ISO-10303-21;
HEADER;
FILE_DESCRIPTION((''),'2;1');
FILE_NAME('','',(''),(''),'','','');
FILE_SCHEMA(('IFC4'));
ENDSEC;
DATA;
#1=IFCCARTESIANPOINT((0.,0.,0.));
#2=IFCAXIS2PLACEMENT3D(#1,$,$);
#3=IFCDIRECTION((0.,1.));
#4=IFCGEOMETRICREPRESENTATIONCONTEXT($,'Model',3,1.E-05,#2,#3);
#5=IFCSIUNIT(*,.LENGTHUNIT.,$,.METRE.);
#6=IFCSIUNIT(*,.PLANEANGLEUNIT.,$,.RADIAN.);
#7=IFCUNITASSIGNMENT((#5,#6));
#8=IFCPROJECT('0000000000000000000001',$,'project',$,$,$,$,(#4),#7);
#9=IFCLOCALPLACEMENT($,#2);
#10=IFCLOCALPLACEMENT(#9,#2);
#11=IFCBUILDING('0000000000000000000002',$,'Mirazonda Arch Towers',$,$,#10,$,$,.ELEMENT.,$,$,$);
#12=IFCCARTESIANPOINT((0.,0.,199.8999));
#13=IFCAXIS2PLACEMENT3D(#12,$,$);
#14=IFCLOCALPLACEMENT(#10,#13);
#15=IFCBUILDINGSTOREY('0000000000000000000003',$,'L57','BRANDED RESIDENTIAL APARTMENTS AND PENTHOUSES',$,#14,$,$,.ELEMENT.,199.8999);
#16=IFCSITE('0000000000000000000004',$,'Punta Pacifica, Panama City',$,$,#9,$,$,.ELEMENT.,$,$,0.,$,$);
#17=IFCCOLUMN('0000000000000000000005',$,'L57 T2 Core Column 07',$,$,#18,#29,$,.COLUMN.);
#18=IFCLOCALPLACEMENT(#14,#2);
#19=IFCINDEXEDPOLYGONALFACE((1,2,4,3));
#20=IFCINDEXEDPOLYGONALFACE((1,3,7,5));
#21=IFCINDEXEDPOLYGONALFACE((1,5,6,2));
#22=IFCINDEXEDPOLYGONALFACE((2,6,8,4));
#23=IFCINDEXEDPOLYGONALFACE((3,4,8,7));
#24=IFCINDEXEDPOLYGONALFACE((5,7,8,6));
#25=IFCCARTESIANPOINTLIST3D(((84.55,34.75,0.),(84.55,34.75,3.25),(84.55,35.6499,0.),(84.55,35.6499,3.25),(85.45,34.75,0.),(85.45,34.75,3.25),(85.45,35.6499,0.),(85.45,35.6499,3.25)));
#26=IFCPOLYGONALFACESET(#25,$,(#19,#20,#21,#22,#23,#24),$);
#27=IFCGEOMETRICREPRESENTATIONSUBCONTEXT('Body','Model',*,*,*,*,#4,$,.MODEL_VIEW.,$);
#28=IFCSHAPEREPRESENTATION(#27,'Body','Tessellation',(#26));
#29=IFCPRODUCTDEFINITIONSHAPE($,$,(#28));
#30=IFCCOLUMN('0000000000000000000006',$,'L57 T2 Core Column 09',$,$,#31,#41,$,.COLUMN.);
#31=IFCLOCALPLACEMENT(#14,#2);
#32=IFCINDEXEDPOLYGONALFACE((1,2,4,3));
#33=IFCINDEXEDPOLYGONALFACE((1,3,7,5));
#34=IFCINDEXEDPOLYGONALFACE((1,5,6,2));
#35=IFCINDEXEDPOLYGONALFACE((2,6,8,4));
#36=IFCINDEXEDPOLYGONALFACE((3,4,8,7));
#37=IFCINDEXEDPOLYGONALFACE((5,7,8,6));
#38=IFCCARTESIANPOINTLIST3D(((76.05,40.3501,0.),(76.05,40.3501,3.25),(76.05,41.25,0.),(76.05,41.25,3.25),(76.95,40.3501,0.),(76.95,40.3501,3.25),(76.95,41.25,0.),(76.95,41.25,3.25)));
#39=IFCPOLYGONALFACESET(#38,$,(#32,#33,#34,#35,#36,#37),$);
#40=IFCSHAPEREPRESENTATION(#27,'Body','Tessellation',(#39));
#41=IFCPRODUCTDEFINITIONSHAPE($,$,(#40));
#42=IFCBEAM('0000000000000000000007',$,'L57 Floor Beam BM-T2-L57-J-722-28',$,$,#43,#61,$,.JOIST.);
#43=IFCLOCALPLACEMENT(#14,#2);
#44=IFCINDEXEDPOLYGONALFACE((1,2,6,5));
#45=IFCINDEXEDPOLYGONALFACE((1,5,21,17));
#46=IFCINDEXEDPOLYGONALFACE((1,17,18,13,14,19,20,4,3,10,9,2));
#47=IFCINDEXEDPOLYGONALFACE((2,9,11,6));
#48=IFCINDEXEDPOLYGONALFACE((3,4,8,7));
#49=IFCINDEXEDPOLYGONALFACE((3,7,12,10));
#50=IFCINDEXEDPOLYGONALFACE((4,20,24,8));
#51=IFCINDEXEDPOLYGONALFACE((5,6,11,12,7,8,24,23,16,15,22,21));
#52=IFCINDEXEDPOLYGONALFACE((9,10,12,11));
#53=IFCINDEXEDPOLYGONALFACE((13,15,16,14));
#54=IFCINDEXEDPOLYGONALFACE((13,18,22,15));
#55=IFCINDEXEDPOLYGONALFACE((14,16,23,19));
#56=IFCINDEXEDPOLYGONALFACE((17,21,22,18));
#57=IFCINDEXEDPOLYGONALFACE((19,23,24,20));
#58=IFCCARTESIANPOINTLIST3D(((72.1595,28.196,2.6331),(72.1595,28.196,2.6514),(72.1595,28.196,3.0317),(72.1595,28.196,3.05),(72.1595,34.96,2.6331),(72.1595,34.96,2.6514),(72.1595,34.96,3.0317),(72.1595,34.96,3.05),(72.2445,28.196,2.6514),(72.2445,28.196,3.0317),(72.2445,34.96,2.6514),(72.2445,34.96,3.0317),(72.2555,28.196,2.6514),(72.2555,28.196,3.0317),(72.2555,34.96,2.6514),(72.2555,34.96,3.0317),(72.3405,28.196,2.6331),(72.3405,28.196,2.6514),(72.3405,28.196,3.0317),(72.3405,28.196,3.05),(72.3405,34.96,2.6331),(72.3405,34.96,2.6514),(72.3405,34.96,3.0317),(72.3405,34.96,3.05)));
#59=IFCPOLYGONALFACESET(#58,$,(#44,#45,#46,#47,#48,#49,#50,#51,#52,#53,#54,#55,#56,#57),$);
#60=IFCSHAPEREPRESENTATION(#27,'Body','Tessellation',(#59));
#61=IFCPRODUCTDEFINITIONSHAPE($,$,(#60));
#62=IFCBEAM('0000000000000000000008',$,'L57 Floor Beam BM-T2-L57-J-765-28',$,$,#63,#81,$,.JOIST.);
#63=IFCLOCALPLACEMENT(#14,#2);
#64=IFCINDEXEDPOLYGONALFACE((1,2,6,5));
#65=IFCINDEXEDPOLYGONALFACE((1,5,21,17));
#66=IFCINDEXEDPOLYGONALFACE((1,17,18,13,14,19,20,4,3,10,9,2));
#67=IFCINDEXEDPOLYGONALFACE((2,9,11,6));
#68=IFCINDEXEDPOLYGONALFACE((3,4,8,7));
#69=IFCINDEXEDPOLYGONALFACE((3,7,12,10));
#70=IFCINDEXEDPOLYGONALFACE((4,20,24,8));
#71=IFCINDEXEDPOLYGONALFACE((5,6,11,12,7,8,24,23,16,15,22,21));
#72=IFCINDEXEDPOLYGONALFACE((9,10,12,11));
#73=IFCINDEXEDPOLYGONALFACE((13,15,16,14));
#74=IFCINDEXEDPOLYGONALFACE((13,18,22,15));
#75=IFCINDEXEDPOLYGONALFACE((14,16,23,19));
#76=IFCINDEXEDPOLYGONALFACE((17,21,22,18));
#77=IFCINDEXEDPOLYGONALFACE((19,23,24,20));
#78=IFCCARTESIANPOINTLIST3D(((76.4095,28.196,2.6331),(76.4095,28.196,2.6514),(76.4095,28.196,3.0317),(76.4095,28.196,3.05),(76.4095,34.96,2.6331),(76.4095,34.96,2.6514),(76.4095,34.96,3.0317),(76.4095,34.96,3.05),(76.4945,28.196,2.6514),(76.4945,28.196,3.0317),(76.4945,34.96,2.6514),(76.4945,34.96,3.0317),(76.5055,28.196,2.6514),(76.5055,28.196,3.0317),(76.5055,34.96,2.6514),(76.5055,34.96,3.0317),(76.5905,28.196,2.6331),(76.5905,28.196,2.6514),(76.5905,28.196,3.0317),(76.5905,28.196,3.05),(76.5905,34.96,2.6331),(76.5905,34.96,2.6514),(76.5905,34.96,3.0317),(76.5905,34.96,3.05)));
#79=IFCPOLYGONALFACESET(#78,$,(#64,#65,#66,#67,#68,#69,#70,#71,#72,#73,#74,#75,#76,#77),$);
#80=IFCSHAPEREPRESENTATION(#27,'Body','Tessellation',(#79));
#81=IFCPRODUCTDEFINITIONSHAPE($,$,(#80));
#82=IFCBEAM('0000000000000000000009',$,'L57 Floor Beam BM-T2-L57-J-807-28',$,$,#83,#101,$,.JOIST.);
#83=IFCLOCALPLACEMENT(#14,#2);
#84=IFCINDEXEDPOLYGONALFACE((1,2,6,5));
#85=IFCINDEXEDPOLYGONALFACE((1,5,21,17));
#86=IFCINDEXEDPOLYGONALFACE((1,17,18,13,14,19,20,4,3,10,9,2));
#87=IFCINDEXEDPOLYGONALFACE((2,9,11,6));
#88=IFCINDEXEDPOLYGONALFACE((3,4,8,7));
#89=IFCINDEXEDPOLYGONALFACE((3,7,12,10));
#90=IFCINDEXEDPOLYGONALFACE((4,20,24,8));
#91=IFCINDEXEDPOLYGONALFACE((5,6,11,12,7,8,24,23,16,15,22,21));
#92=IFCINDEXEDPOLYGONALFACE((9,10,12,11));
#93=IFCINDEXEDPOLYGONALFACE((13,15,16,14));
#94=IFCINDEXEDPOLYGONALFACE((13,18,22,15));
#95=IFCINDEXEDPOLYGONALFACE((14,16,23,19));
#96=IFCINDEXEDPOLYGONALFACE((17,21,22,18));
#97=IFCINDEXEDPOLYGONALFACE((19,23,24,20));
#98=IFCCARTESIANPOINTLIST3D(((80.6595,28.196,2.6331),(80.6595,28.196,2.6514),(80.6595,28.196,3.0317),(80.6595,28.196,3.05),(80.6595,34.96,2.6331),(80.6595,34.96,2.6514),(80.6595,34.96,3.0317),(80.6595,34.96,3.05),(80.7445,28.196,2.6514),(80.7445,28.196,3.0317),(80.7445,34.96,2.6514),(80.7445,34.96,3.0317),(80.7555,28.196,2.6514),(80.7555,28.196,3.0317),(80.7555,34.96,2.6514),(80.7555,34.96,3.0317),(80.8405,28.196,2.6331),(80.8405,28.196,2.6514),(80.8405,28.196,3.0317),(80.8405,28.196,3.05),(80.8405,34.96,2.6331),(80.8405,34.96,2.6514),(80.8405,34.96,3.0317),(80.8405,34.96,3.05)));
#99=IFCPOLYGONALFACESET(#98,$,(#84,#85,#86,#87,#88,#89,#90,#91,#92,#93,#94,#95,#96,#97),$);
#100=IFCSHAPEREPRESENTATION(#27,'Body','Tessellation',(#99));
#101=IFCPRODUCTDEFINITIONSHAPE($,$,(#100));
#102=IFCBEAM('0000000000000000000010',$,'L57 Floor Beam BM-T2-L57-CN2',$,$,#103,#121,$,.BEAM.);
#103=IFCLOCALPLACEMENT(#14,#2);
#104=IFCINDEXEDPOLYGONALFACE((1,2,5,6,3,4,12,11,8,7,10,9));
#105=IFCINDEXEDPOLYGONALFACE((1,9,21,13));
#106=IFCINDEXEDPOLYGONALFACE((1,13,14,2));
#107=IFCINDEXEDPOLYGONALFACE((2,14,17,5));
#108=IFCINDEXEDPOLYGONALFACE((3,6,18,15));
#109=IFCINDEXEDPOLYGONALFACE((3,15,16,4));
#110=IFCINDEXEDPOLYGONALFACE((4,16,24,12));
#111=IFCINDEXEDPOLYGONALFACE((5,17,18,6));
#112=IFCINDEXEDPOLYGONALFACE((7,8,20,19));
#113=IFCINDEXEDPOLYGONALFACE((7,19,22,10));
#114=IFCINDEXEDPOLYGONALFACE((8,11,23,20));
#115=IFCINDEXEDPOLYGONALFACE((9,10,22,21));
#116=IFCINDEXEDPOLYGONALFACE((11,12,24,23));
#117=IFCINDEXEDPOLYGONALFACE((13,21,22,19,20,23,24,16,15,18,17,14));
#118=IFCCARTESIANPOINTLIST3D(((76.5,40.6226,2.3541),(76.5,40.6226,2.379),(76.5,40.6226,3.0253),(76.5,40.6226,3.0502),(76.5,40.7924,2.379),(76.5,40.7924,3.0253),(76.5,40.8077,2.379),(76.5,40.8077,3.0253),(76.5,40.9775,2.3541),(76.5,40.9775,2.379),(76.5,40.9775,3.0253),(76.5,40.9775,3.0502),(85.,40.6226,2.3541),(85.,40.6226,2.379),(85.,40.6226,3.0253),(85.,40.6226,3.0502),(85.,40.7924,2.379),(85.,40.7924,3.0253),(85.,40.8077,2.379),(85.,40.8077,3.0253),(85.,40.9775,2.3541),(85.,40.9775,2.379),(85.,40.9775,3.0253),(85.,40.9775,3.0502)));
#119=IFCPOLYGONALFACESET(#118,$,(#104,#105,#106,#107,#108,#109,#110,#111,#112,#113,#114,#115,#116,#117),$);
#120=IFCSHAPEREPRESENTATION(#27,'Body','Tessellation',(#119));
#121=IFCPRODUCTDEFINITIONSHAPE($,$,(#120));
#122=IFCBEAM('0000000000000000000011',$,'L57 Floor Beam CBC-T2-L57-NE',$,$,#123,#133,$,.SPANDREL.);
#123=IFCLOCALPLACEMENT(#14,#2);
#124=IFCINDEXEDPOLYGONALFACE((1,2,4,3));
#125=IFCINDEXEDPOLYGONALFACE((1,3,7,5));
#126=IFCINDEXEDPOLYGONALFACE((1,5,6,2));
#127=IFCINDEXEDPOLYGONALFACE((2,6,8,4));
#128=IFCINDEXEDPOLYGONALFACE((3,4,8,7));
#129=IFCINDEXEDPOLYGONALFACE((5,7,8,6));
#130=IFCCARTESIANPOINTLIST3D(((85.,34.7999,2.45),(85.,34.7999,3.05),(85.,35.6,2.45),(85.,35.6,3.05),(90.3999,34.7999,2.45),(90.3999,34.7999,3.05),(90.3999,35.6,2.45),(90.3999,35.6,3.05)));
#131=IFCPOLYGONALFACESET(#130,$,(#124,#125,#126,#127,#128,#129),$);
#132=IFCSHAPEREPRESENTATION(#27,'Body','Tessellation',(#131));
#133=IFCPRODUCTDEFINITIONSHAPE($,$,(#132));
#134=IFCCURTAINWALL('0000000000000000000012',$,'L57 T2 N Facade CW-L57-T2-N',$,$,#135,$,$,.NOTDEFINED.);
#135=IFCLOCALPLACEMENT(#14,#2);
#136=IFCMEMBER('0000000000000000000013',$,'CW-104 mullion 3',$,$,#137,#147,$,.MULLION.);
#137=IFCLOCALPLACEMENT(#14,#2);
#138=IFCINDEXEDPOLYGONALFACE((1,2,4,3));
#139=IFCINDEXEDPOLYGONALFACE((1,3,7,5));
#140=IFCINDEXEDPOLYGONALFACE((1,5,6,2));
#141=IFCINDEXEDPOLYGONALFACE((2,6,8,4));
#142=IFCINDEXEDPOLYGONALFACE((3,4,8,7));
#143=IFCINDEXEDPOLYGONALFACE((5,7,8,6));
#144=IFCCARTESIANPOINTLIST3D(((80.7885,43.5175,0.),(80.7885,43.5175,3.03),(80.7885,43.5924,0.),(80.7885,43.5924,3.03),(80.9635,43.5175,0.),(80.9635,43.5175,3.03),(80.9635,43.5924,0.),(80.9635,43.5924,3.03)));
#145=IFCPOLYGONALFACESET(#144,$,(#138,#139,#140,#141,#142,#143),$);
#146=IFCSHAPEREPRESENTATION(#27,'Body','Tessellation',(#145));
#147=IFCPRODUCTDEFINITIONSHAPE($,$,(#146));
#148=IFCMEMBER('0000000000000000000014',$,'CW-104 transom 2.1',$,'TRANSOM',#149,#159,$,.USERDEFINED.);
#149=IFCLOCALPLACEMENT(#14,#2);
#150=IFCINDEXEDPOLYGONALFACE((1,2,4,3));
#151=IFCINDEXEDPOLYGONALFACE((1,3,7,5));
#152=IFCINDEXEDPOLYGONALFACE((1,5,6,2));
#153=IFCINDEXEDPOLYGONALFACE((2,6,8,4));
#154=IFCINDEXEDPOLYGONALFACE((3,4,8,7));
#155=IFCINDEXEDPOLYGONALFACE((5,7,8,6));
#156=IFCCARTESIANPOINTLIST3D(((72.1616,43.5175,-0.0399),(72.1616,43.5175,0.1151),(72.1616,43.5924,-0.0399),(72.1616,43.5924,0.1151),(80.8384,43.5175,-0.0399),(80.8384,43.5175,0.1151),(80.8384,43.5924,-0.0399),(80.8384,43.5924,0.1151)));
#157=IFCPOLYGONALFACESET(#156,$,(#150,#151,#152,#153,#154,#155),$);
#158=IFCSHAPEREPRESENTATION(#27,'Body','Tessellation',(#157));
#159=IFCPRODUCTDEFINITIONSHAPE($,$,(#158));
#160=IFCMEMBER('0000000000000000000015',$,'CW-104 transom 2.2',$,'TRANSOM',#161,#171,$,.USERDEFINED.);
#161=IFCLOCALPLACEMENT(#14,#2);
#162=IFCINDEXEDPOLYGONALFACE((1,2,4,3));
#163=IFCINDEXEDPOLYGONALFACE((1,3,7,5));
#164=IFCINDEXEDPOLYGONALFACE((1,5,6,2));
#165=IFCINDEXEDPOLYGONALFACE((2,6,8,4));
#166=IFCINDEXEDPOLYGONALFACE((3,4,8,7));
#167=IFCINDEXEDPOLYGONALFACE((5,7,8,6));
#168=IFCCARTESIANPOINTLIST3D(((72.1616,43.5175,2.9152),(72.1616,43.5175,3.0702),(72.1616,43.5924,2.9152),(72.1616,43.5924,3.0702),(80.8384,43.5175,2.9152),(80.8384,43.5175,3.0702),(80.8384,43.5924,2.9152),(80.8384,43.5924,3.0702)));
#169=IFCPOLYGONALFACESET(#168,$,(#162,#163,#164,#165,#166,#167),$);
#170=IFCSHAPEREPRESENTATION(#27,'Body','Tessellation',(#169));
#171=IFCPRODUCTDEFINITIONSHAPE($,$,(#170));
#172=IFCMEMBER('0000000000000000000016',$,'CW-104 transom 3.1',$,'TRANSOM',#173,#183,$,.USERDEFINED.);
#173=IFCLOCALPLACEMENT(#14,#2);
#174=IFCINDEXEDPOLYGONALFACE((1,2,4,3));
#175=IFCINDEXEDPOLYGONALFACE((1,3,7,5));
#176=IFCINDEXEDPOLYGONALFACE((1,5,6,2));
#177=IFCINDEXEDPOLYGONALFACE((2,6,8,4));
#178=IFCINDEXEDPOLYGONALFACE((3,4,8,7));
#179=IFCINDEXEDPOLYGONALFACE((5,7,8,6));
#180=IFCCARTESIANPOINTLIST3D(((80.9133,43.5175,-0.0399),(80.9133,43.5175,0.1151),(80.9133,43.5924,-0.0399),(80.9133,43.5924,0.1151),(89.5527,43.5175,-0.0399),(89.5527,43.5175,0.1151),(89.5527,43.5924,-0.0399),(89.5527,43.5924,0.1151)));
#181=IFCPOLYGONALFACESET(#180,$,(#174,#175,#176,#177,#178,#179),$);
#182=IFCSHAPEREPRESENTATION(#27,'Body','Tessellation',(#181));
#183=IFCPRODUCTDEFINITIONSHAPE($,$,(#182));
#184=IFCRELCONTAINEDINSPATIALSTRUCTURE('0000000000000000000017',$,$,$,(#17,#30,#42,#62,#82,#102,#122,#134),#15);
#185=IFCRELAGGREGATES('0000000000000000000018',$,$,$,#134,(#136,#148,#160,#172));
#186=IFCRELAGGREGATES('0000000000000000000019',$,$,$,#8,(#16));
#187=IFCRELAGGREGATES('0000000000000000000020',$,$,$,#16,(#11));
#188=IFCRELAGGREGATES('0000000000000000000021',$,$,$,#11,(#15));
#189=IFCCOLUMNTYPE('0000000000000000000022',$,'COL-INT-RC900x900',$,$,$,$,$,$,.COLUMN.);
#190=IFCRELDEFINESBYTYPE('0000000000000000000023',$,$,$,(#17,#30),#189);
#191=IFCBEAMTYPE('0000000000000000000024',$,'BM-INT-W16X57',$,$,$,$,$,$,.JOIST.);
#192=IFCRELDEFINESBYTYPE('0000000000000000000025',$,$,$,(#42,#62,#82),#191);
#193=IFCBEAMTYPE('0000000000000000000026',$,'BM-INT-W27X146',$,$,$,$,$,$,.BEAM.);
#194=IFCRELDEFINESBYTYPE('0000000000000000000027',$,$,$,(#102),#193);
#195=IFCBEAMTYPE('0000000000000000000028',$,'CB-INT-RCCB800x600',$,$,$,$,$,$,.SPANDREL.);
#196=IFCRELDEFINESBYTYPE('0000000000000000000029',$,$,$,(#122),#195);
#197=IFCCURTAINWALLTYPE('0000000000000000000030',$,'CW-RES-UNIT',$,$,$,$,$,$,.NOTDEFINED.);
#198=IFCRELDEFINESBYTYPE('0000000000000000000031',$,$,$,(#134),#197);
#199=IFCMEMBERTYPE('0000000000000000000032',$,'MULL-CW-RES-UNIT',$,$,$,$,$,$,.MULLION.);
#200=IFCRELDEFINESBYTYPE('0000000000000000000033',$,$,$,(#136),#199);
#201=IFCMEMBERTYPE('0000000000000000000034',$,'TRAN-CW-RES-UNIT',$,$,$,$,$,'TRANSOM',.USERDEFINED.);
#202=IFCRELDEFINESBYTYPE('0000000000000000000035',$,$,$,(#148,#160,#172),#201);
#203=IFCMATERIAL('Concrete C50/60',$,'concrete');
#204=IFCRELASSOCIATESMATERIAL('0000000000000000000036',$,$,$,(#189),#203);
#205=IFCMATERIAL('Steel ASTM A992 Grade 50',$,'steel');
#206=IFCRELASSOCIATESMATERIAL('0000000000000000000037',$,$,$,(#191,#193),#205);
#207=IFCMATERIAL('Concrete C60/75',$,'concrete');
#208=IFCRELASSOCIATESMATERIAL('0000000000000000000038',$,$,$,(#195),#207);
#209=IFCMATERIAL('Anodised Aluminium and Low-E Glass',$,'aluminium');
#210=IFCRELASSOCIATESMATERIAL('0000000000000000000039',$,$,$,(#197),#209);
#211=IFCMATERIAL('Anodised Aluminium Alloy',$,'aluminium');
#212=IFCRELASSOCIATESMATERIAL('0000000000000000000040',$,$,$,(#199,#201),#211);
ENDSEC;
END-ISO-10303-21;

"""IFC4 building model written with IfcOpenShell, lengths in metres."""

from ifc_helpers import new_model, si_unit, direction, frame, origin, origin_2d, place, context, subcontext, project, spatial, rectangle, i_section, extrude, material, material_profile, profile_set, type_object, element, aggregate, save


model = new_model("IFC4")

# Units and contexts
model_context = context("Model", 3, precision=1e-05, world=origin(), true_north=direction((0.0, 1.0)))
body_context = subcontext(model_context, "Body", "Model", "MODEL_VIEW")
ifc_project = project(units=[si_unit("LENGTHUNIT", "METRE"), si_unit("PLANEANGLEUNIT", "RADIAN")], contexts=[model_context])

# Site, building, storey
site_placement = place(None, origin())
site = spatial("IfcSite", under=ifc_project, at=site_placement, Name="Punta Pacifica, Panama City", CompositionType="ELEMENT", RefElevation=0.0)
building_placement = place(site_placement, origin())
building = spatial("IfcBuilding", under=site, at=building_placement, Name="Mirazonda Arch Towers", CompositionType="ELEMENT")
storey_placement = place(building_placement, frame((0.0, 0.0, 199.8999)))
storey = spatial("IfcBuildingStorey", under=building, at=storey_placement, Name="L57", Description="BRANDED RESIDENTIAL APARTMENTS AND PENTHOUSES", CompositionType="ELEMENT", Elevation=199.8999)

# Columns
ifc_material_1 = material(Name="Concrete C50/60", Category="concrete")
ifc_material_profile_1 = material_profile(ifc_material_1, rectangle(XDim=0.8999, YDim=0.8999, at=origin_2d()), Name="RC900x900")
ifc_profile_set_1 = profile_set([ifc_material_profile_1], Name="Concrete C50/60")
column_type = type_object("IfcColumnType", Name="COL-INT-RC900x900", PredefinedType="COLUMN", material=ifc_profile_set_1)
for number, where, z_axis, x_axis, name in (
    (1, (85.0, 35.2, 0.0), (0.0, 0.0, 1.0), (1.0, 0.0, 0.0), "L57 T2 Core Column 07"),
    (2, (76.5, 40.8, 0.0), (0.0, 0.0, 1.0), (1.0, 0.0, 0.0), "L57 T2 Core Column 09"),
):
    element("IfcColumn", number, at=place(storey_placement, frame(where, z_axis=z_axis, x_axis=x_axis)), inside=storey, type_object=column_type, Name=name, PredefinedType="COLUMN", context=body_context, shape_type="SweptSolid", body=[
        extrude(rectangle(XDim=0.8999, YDim=0.8999, at=origin_2d()), origin(), (0.0, 0.0, 1.0), 3.25),
    ])

# Beams
ifc_material_2 = material(Name="Steel ASTM A992 Grade 50", Category="steel")
ifc_material_profile_2 = material_profile(ifc_material_2, i_section(OverallWidth=0.1809, OverallDepth=0.417, WebThickness=0.011, FlangeThickness=0.0183, at=origin_2d()), Name="W16X57")
ifc_profile_set_2 = profile_set([ifc_material_profile_2], Name="Steel ASTM A992 Grade 50")
beam_type_1 = type_object("IfcBeamType", Name="BM-INT-W16X57", PredefinedType="JOIST", material=ifc_profile_set_2)
for number, where, z_axis, x_axis, name in (
    (3, (72.25, 28.196, 2.8416), (0.0, 1.0, 0.0), (-1.0, 0.0, 0.0), "L57 Floor Beam BM-T2-L57-J-722-28"),
    (4, (76.5, 28.196, 2.8416), (0.0, 1.0, 0.0), (-1.0, 0.0, 0.0), "L57 Floor Beam BM-T2-L57-J-765-28"),
    (5, (80.75, 28.196, 2.8416), (0.0, 1.0, 0.0), (-1.0, 0.0, 0.0), "L57 Floor Beam BM-T2-L57-J-807-28"),
):
    element("IfcBeam", number, at=place(storey_placement, frame(where, z_axis=z_axis, x_axis=x_axis)), inside=storey, type_object=beam_type_1, Name=name, PredefinedType="JOIST", context=body_context, shape_type="SweptSolid", body=[
        extrude(i_section(OverallWidth=0.1809, OverallDepth=0.417, WebThickness=0.011, FlangeThickness=0.0183, at=origin_2d()), origin(), (0.0, 0.0, 1.0), 6.7639),
    ])
ifc_material_profile_3 = material_profile(ifc_material_2, i_section(OverallWidth=0.355, OverallDepth=0.696, WebThickness=0.0154, FlangeThickness=0.0249, at=origin_2d()), Name="W27X146")
ifc_profile_set_3 = profile_set([ifc_material_profile_3], Name="Steel ASTM A992 Grade 50")
beam_type_2 = type_object("IfcBeamType", Name="BM-INT-W27X146", PredefinedType="BEAM", material=ifc_profile_set_3)
beam_1_placement = place(storey_placement, frame((76.5, 40.8, 2.7021), z_axis=(1.0, 0.0, 0.0), x_axis=(0.0, 1.0, 0.0)))
element("IfcBeam", 6, at=beam_1_placement, inside=storey, type_object=beam_type_2, Name="L57 Floor Beam BM-T2-L57-CN2", PredefinedType="BEAM", context=body_context, shape_type="SweptSolid", body=[
    extrude(i_section(OverallWidth=0.355, OverallDepth=0.696, WebThickness=0.0154, FlangeThickness=0.0249, at=origin_2d()), origin(), (0.0, 0.0, 1.0), 8.5),
])
ifc_material_3 = material(Name="Concrete C60/75", Category="concrete")
ifc_material_profile_4 = material_profile(ifc_material_3, rectangle(XDim=0.8, YDim=0.6001, at=origin_2d()), Name="RCCB800x600")
ifc_profile_set_4 = profile_set([ifc_material_profile_4], Name="Concrete C60/75")
beam_type_3 = type_object("IfcBeamType", Name="CB-INT-RCCB800x600", PredefinedType="SPANDREL", material=ifc_profile_set_4)
beam_2_placement = place(storey_placement, frame((85.0, 35.2, 2.75), z_axis=(1.0, 0.0, 0.0), x_axis=(0.0, 1.0, 0.0)))
element("IfcBeam", 7, at=beam_2_placement, inside=storey, type_object=beam_type_3, Name="L57 Floor Beam CBC-T2-L57-NE", PredefinedType="SPANDREL", context=body_context, shape_type="SweptSolid", body=[
    extrude(rectangle(XDim=0.8, YDim=0.6001, at=origin_2d()), origin(), (0.0, 0.0, 1.0), 5.3999),
])

# Curtain wall, members
ifc_material_4 = material(Name="Anodised Aluminium and Low-E Glass", Category="aluminium")
curtain_wall_type = type_object("IfcCurtainWallType", Name="CW-RES-UNIT", PredefinedType="NOTDEFINED", material=ifc_material_4)
curtain_wall_placement = place(storey_placement, origin())
curtain_wall = element("IfcCurtainWall", 8, at=curtain_wall_placement, inside=storey, type_object=curtain_wall_type, Name="L57 T2 N Facade CW-L57-T2-N", PredefinedType="NOTDEFINED")
ifc_material_5 = material(Name="Anodised Aluminium Alloy", Category="aluminium")
ifc_material_profile_5 = material_profile(ifc_material_5, rectangle(XDim=0.075, YDim=0.175, at=origin_2d()), Name="ALU-MULL-75x175")
ifc_profile_set_5 = profile_set([ifc_material_profile_5], Name="Anodised Aluminium Alloy")
member_type_1 = type_object("IfcMemberType", Name="MULL-CW-RES-UNIT", PredefinedType="MULLION", material=ifc_profile_set_5)
member_1_placement = place(storey_placement, frame((80.876, 43.5549, 0.0), z_axis=(0.0, 0.0, 1.0), x_axis=(0.0, 1.0, 0.0)))
member_1 = element("IfcMember", 9, at=member_1_placement, type_object=member_type_1, Name="CW-104 mullion 3", PredefinedType="MULLION", context=body_context, shape_type="SweptSolid", body=[
    extrude(rectangle(XDim=0.075, YDim=0.175, at=origin_2d()), origin(), (0.0, 0.0, 1.0), 3.03),
])
ifc_material_profile_6 = material_profile(ifc_material_5, rectangle(XDim=0.075, YDim=0.155, at=origin_2d()), Name="ALU-TRAN-75x155")
ifc_profile_set_6 = profile_set([ifc_material_profile_6], Name="Anodised Aluminium Alloy")
member_type_2 = type_object("IfcMemberType", Name="TRAN-CW-RES-UNIT", ElementType="TRANSOM", PredefinedType="USERDEFINED", material=ifc_profile_set_6)
member_2_placement = place(storey_placement, frame((72.1616, 43.5549, 0.0376), z_axis=(1.0, 0.0, 0.0), x_axis=(0.0, 1.0, 0.0)))
member_2 = element("IfcMember", 10, at=member_2_placement, type_object=member_type_2, Name="CW-104 transom 2.1", ObjectType="TRANSOM", PredefinedType="USERDEFINED", context=body_context, shape_type="SweptSolid", body=[
    extrude(rectangle(XDim=0.075, YDim=0.155, at=origin_2d()), origin(), (0.0, 0.0, 1.0), 8.6768),
])
member_3_placement = place(storey_placement, frame((72.1616, 43.5549, 2.9927), z_axis=(1.0, 0.0, 0.0), x_axis=(0.0, 1.0, 0.0)))
member_3 = element("IfcMember", 11, at=member_3_placement, type_object=member_type_2, Name="CW-104 transom 2.2", ObjectType="TRANSOM", PredefinedType="USERDEFINED", context=body_context, shape_type="SweptSolid", body=[
    extrude(rectangle(XDim=0.075, YDim=0.155, at=origin_2d()), origin(), (0.0, 0.0, 1.0), 8.6768),
])
member_4_placement = place(storey_placement, frame((80.9133, 43.5549, 0.0376), z_axis=(1.0, 0.0, 0.0), x_axis=(0.0, 1.0, 0.0)))
member_4 = element("IfcMember", 12, at=member_4_placement, type_object=member_type_2, Name="CW-104 transom 3.1", ObjectType="TRANSOM", PredefinedType="USERDEFINED", context=body_context, shape_type="SweptSolid", body=[
    extrude(rectangle(XDim=0.075, YDim=0.155, at=origin_2d()), origin(), (0.0, 0.0, 1.0), 8.6394),
])
aggregate(curtain_wall, [member_1, member_2, member_3, member_4])

save(model, "model.ifc")
